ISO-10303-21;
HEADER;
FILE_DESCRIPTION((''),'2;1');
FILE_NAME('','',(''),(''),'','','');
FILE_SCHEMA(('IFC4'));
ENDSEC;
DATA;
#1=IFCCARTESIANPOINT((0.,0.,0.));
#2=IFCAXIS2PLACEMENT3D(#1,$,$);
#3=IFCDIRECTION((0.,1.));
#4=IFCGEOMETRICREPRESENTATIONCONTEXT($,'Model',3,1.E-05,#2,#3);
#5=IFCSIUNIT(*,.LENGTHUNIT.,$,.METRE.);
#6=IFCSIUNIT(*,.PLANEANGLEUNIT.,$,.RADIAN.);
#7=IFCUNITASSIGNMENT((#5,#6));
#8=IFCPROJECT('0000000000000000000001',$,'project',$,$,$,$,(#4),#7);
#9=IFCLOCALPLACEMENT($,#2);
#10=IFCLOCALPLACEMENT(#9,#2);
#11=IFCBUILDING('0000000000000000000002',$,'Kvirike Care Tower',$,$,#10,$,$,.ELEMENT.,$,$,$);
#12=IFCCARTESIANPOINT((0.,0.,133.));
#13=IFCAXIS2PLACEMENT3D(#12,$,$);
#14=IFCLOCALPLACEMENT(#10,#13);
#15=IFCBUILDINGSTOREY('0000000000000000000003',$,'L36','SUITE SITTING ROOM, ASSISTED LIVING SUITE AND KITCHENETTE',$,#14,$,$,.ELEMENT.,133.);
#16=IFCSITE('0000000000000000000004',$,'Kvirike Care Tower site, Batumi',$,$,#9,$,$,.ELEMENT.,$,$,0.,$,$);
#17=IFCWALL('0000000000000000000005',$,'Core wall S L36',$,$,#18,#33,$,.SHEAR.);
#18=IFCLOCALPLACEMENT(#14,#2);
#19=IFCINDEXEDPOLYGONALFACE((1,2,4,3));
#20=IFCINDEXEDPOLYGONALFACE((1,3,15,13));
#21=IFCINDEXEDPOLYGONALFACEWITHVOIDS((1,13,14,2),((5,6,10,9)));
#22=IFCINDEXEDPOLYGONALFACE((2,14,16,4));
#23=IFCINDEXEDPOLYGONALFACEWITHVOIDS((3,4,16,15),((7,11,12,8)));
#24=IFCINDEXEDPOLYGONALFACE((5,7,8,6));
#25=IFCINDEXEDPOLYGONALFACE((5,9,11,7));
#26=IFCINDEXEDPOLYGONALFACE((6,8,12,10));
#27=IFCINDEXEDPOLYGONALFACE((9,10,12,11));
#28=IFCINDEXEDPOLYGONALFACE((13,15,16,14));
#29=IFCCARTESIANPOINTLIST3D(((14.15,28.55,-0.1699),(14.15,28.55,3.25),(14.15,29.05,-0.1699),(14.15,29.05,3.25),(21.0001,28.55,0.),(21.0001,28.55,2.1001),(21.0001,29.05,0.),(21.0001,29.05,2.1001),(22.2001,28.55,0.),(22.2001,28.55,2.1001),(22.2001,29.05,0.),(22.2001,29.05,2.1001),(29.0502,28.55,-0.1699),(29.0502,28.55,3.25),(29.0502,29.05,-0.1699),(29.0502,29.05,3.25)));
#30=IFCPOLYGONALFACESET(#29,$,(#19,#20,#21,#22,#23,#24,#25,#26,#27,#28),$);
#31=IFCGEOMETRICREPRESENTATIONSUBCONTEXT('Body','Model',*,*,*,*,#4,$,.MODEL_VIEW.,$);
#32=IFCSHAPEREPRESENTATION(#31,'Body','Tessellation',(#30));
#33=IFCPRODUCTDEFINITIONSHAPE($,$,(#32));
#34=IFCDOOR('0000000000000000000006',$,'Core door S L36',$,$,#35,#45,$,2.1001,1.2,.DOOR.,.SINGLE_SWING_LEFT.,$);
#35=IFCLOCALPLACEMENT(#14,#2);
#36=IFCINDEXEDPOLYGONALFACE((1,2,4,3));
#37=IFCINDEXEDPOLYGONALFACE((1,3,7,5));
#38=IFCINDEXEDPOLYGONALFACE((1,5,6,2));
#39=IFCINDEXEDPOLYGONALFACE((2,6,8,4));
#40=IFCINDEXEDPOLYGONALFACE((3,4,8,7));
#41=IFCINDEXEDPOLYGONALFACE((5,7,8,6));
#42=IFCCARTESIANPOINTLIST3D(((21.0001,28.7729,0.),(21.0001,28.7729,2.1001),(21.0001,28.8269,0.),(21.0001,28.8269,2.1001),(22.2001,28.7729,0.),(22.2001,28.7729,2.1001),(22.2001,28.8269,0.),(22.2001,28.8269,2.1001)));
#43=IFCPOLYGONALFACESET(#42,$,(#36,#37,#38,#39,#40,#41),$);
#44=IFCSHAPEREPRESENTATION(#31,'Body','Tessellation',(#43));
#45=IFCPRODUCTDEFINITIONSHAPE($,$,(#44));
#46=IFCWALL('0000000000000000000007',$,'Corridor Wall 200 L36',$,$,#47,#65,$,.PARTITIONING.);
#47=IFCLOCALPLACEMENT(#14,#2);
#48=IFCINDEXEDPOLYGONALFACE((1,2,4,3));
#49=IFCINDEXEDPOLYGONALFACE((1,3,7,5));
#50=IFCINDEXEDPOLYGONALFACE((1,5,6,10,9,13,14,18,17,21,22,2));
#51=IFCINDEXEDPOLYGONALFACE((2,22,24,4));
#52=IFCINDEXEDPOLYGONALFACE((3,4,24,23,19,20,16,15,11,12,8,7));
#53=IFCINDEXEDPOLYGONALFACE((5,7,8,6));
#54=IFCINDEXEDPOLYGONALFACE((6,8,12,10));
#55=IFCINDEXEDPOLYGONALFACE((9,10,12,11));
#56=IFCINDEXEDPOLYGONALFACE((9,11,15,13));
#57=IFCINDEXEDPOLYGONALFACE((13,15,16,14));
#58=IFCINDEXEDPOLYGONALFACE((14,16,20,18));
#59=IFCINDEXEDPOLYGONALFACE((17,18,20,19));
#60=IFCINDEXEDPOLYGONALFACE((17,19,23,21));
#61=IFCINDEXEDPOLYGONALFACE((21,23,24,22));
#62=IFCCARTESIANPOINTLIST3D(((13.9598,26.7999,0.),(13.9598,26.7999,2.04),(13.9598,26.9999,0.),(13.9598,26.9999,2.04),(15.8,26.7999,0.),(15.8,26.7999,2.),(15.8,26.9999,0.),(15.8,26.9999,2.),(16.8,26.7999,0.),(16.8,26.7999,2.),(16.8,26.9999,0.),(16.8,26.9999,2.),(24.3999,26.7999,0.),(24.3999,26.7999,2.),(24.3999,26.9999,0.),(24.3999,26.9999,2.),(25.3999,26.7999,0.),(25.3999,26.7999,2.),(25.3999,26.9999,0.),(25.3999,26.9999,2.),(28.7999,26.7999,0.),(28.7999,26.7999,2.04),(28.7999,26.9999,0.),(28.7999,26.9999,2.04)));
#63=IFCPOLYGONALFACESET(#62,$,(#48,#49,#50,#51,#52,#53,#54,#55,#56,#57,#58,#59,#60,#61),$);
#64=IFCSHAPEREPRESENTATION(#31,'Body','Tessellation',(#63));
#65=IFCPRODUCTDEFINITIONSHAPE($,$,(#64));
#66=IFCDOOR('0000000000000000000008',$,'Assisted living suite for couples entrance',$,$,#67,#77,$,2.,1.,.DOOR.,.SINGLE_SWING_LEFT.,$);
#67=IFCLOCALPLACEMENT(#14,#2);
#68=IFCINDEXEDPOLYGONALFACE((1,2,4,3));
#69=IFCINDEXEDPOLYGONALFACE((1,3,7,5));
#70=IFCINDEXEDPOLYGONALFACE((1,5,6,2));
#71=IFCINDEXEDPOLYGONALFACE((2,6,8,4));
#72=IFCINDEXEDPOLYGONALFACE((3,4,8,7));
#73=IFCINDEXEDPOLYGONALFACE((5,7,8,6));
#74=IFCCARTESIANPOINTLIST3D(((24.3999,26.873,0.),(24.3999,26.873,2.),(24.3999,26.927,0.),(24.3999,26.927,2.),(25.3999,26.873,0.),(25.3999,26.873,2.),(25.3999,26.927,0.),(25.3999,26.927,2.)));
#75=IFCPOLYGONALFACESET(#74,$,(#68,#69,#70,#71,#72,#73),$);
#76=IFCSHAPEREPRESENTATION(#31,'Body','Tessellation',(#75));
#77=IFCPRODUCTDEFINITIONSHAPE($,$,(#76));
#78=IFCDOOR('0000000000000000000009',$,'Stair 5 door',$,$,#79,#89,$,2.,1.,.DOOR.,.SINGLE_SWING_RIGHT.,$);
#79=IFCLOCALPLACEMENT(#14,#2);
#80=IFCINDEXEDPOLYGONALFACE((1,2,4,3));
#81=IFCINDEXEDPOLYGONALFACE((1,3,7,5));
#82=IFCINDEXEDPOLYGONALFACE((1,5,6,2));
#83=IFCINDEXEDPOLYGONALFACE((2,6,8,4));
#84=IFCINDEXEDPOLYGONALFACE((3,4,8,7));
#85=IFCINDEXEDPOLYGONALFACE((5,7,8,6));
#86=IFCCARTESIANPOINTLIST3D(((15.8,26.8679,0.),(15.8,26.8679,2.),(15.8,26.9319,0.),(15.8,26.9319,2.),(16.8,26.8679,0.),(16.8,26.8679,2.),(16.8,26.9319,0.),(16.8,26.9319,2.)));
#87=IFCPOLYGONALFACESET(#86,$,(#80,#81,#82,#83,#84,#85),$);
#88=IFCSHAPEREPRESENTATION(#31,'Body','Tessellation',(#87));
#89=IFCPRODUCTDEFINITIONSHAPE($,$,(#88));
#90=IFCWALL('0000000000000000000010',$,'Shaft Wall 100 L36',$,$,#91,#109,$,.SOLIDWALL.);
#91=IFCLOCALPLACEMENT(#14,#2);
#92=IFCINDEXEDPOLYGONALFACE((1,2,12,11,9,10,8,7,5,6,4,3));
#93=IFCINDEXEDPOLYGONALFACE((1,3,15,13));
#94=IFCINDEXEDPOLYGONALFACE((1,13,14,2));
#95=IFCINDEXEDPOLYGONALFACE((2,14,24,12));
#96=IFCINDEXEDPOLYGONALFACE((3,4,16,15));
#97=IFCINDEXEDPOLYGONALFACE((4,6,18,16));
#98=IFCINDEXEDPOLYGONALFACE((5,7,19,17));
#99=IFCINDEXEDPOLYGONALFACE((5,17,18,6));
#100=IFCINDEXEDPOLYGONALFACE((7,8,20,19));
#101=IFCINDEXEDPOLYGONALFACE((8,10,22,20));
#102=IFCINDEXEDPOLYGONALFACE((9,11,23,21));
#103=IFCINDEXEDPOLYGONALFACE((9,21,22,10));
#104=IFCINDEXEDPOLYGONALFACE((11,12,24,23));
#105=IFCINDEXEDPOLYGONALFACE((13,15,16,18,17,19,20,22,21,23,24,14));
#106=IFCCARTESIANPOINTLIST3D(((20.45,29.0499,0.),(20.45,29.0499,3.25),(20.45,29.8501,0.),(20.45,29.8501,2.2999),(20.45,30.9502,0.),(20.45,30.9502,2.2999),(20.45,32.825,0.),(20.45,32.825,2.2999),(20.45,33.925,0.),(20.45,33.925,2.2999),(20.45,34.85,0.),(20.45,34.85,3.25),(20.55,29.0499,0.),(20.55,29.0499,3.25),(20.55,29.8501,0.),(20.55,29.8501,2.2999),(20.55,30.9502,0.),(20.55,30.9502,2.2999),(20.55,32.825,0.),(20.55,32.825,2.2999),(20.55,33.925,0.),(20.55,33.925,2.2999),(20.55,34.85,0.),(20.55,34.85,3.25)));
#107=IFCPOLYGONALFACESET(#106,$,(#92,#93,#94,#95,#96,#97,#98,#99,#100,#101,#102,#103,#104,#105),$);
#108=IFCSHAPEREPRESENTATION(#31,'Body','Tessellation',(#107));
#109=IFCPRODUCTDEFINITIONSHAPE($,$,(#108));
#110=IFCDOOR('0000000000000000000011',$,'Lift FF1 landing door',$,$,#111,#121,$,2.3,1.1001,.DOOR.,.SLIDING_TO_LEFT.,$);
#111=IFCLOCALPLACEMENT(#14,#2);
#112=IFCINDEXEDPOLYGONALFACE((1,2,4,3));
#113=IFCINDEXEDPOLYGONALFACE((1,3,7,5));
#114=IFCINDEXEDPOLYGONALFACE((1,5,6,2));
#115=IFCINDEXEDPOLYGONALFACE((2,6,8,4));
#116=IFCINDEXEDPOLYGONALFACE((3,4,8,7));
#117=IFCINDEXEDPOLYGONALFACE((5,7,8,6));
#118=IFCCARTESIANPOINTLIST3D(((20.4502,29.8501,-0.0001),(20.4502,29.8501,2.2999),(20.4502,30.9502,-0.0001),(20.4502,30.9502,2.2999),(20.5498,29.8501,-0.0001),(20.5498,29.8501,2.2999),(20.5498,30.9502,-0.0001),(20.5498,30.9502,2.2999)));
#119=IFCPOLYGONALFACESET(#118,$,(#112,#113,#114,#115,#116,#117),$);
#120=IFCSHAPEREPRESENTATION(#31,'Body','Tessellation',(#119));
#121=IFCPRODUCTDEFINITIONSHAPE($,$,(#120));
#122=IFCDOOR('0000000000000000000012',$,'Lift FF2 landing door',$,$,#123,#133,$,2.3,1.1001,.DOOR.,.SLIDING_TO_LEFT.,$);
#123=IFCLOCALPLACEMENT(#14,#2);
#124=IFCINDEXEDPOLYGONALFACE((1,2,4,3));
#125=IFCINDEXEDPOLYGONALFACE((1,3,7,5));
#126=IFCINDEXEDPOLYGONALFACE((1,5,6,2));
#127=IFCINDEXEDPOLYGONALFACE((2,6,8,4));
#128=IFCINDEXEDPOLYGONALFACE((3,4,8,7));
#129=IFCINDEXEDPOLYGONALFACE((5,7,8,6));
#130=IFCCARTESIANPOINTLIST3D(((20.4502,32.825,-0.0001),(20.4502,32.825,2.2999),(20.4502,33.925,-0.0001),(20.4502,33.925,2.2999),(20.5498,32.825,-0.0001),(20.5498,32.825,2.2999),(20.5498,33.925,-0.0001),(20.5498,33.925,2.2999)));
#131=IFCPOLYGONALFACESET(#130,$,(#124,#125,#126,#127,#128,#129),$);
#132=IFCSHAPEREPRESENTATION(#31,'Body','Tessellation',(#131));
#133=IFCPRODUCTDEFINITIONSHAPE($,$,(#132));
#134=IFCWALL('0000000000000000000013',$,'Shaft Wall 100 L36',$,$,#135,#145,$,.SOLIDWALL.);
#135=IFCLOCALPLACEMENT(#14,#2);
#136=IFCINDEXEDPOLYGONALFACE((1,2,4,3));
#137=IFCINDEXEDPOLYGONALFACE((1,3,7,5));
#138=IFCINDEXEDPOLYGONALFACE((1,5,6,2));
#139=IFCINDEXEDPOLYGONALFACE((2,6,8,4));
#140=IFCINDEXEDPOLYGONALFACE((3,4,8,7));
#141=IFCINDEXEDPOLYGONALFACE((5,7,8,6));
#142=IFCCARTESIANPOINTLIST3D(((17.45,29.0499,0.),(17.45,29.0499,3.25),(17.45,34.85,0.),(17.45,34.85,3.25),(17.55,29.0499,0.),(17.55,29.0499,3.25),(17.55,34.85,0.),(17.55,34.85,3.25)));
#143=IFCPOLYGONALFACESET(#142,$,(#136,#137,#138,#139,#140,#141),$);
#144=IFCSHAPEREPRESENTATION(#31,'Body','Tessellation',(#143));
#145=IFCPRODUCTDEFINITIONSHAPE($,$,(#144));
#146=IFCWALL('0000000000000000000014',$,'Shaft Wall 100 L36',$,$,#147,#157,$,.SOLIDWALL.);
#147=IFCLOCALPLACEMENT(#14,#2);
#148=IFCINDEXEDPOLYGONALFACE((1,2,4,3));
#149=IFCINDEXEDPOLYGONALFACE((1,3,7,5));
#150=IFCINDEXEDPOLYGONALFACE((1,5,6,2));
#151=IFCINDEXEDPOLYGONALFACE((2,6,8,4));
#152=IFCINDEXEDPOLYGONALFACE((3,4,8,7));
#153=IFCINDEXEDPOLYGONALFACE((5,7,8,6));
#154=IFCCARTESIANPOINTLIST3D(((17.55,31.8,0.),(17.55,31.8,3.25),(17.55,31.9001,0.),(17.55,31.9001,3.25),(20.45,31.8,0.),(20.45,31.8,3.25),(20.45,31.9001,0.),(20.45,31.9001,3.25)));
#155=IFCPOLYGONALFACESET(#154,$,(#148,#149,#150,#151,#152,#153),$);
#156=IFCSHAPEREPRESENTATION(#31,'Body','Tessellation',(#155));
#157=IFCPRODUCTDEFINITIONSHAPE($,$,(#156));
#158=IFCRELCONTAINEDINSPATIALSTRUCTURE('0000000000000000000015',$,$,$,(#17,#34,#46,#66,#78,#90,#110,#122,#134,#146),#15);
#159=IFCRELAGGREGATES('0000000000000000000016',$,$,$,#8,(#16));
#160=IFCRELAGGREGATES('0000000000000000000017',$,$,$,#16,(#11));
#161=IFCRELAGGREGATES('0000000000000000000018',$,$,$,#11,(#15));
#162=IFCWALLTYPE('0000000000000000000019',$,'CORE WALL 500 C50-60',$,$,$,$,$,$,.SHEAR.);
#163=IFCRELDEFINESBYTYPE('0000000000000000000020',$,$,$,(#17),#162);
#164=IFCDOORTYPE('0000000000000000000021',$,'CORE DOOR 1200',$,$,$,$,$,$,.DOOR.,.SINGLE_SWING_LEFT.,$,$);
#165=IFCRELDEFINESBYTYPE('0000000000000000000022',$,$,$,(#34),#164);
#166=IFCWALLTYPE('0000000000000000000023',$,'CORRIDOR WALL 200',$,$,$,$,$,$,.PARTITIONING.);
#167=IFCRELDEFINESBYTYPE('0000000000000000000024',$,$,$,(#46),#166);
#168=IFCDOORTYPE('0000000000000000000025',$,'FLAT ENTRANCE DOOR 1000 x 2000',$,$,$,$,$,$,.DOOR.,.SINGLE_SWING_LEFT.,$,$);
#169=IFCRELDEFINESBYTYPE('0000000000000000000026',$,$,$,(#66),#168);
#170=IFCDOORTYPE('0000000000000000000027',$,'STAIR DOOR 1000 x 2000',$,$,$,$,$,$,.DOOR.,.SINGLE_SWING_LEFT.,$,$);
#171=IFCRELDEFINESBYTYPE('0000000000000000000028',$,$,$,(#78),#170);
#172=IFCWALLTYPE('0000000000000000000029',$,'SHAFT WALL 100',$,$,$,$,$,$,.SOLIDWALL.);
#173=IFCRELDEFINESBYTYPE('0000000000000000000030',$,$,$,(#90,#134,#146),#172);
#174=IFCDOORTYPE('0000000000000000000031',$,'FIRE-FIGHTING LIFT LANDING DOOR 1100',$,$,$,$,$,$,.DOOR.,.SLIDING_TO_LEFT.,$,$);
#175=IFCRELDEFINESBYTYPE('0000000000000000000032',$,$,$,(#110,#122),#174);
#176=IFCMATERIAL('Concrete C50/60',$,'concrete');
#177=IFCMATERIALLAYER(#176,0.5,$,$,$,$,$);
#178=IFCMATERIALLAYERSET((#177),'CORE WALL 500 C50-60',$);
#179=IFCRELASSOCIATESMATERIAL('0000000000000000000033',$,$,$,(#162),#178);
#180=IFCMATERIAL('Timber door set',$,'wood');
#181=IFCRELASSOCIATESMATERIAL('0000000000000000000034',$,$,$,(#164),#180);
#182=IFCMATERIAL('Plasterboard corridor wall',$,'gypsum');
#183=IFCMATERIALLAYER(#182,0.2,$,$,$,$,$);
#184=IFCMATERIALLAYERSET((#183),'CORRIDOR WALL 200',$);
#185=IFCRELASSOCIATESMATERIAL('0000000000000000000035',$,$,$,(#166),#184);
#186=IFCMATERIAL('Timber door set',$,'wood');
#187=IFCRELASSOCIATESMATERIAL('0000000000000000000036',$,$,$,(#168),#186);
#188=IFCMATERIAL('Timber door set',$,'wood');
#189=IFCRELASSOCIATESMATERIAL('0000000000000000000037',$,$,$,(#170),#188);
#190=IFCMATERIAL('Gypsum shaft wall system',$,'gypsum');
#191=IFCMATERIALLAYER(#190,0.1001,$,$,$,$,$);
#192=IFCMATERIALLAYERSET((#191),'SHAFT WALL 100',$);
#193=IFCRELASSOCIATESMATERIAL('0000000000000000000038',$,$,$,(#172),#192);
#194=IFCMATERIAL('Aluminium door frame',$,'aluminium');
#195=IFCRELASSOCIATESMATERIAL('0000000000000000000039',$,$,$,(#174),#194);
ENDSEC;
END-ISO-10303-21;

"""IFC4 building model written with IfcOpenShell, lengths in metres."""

from ifc_helpers import new_model, si_unit, direction, frame, frame_2d, origin, place, context, subcontext, project, spatial, rectangle, extrude, material, layer, layer_set, type_object, element, fill, save


model = new_model("IFC4")

# Units and contexts
model_context = context("Model", 3, precision=1e-05, world=origin(), true_north=direction((0.0, 1.0)))
body_context = subcontext(model_context, "Body", "Model", "MODEL_VIEW")
ifc_project = project(units=[si_unit("LENGTHUNIT", "METRE"), si_unit("PLANEANGLEUNIT", "RADIAN")], contexts=[model_context])

# Site, building, storey
site_placement = place(None, origin())
site = spatial("IfcSite", under=ifc_project, at=site_placement, Name="Kvirike Care Tower site, Batumi", CompositionType="ELEMENT", RefElevation=0.0)
building_placement = place(site_placement, origin())
building = spatial("IfcBuilding", under=site, at=building_placement, Name="Kvirike Care Tower", CompositionType="ELEMENT")
storey_placement = place(building_placement, frame((0.0, 0.0, 133.0)))
storey = spatial("IfcBuildingStorey", under=building, at=storey_placement, Name="L36", Description="SUITE SITTING ROOM, ASSISTED LIVING SUITE AND KITCHENETTE", CompositionType="ELEMENT", Elevation=133.0)

# Wall, opening, door
ifc_material_1 = material(Name="Concrete C50/60", Category="concrete")
ifc_layer_1 = layer(ifc_material_1, 0.5)
ifc_layer_set_1 = layer_set([ifc_layer_1], Name="CORE WALL 500 C50-60")
wall_type_1 = type_object("IfcWallType", Name="CORE WALL 500 C50-60", PredefinedType="SHEAR", material=ifc_layer_set_1)
wall_1_placement = place(storey_placement, frame((14.1499, 28.8, -0.1699), z_axis=(0.0, 0.0, 1.0), x_axis=(1.0, 0.0, 0.0)))
wall_1 = element("IfcWall", 1, at=wall_1_placement, inside=storey, type_object=wall_type_1, Name="Core wall S L36", PredefinedType="SHEAR", context=body_context, shape_type="SweptSolid", body=[
    extrude(rectangle(XDim=14.9001, YDim=0.5, at=frame_2d((7.4502, 0.0))), origin(), (0.0, 0.0, 1.0), 3.4199),
])
opening_1_placement = place(wall_1_placement, frame((6.8501, 0.0, 0.1699)))
opening_1 = element("IfcOpeningElement", 2, at=opening_1_placement, cuts=wall_1, PredefinedType="OPENING", context=body_context, shape_type="SweptSolid", body=[
    extrude(rectangle(XDim=1.2, YDim=2.1001, at=frame_2d((0.6001, 1.05))), frame((0.0, 0.2605, 0.0), z_axis=(0.0, -1.0, 0.0), x_axis=(1.0, 0.0, 0.0)), (0.0, 0.0, 1.0), 0.521),
])
ifc_material_2 = material(Name="Timber door set", Category="wood")
door_type_1 = type_object("IfcDoorType", Name="CORE DOOR 1200", OperationType="SINGLE_SWING_LEFT", PredefinedType="DOOR", material=ifc_material_2)
door_1_placement = place(opening_1_placement, origin())
door_1 = element("IfcDoor", 3, at=door_1_placement, inside=storey, type_object=door_type_1, Name="Core door S L36", OperationType="SINGLE_SWING_LEFT", OverallHeight=2.1001, OverallWidth=1.2, PredefinedType="DOOR", context=body_context, shape_type="SweptSolid", body=[
    extrude(rectangle(XDim=1.2, YDim=2.1001, at=frame_2d((0.6001, 1.05))), frame((0.0, 0.0269, 0.0), z_axis=(0.0, -1.0, 0.0), x_axis=(1.0, 0.0, 0.0)), (0.0, 0.0, 1.0), 0.054),
])
fill(opening_1, door_1)

# Walls, openings, doors
ifc_material_3 = material(Name="Plasterboard corridor wall", Category="gypsum")
ifc_layer_2 = layer(ifc_material_3, 0.2)
ifc_layer_set_2 = layer_set([ifc_layer_2], Name="CORRIDOR WALL 200")
wall_type_2 = type_object("IfcWallType", Name="CORRIDOR WALL 200", PredefinedType="PARTITIONING", material=ifc_layer_set_2)
wall_2_placement = place(storey_placement, frame((13.96, 26.8999, 0.0), z_axis=(0.0, 0.0, 1.0), x_axis=(1.0, 0.0, 0.0)))
wall_2 = element("IfcWall", 4, at=wall_2_placement, inside=storey, type_object=wall_type_2, Name="Corridor Wall 200 L36", PredefinedType="PARTITIONING", context=body_context, shape_type="SweptSolid", body=[
    extrude(rectangle(XDim=14.8401, YDim=0.2, at=frame_2d((7.4199, 0.0))), origin(), (0.0, 0.0, 1.0), 2.04),
])
opening_2_placement = place(wall_2_placement, frame((1.8401, 0.0, 0.0)))
opening_2 = element("IfcOpeningElement", 5, at=opening_2_placement, cuts=wall_2, PredefinedType="OPENING", context=body_context, shape_type="SweptSolid", body=[
    extrude(rectangle(XDim=1.0, YDim=2.0, at=frame_2d((0.5, 1.0))), frame((0.0, 0.1106, 0.0), z_axis=(0.0, -1.0, 0.0), x_axis=(1.0, 0.0, 0.0)), (0.0, 0.0, 1.0), 0.2209),
])
opening_3_placement = place(wall_2_placement, frame((10.4399, 0.0, 0.0)))
opening_3 = element("IfcOpeningElement", 6, at=opening_3_placement, cuts=wall_2, PredefinedType="OPENING", context=body_context, shape_type="SweptSolid", body=[
    extrude(rectangle(XDim=1.0, YDim=2.0, at=frame_2d((0.5, 1.0))), frame((0.0, 0.1106, 0.0), z_axis=(0.0, -1.0, 0.0), x_axis=(1.0, 0.0, 0.0)), (0.0, 0.0, 1.0), 0.2209),
])
ifc_material_4 = material(Name="Timber door set", Category="wood")
door_type_2 = type_object("IfcDoorType", Name="FLAT ENTRANCE DOOR 1000 x 2000", OperationType="SINGLE_SWING_LEFT", PredefinedType="DOOR", material=ifc_material_4)
door_2_placement = place(opening_3_placement, frame((1.0, 0.0, 0.0), z_axis=(0.0, 0.0, 1.0), x_axis=(-1.0, 0.0, 0.0)))
door_2 = element("IfcDoor", 7, at=door_2_placement, inside=storey, type_object=door_type_2, Name="Assisted living suite for couples entrance", OperationType="SINGLE_SWING_LEFT", OverallHeight=2.0, OverallWidth=1.0, PredefinedType="DOOR", context=body_context, shape_type="SweptSolid", body=[
    extrude(rectangle(XDim=1.0, YDim=2.0, at=frame_2d((0.5, 1.0))), frame((0.0, 0.0269, 0.0), z_axis=(0.0, -1.0, 0.0), x_axis=(1.0, 0.0, 0.0)), (0.0, 0.0, 1.0), 0.054),
])
fill(opening_3, door_2)
ifc_material_5 = material(Name="Timber door set", Category="wood")
door_type_3 = type_object("IfcDoorType", Name="STAIR DOOR 1000 x 2000", OperationType="SINGLE_SWING_LEFT", PredefinedType="DOOR", material=ifc_material_5)
door_3_placement = place(opening_2_placement, frame((1.0, 0.0, 0.0), z_axis=(0.0, 0.0, 1.0), x_axis=(-1.0, 0.0, 0.0)))
door_3 = element("IfcDoor", 8, at=door_3_placement, inside=storey, type_object=door_type_3, Name="Stair 5 door", OperationType="SINGLE_SWING_RIGHT", OverallHeight=2.0, OverallWidth=1.0, PredefinedType="DOOR", context=body_context, shape_type="SweptSolid", body=[
    extrude(rectangle(XDim=1.0, YDim=2.0, at=frame_2d((0.5, 1.0))), frame((0.0, 0.032, 0.0), z_axis=(0.0, -1.0, 0.0), x_axis=(1.0, 0.0, 0.0)), (0.0, 0.0, 1.0), 0.064),
])
fill(opening_2, door_3)
ifc_material_6 = material(Name="Gypsum shaft wall system", Category="gypsum")
ifc_layer_3 = layer(ifc_material_6, 0.1001)
ifc_layer_set_3 = layer_set([ifc_layer_3], Name="SHAFT WALL 100")
wall_type_3 = type_object("IfcWallType", Name="SHAFT WALL 100", PredefinedType="SOLIDWALL", material=ifc_layer_set_3)
wall_3_placement = place(storey_placement, frame((20.5, 29.05, 0.0), z_axis=(0.0, 0.0, 1.0), x_axis=(0.0, 1.0, 0.0)))
wall_3 = element("IfcWall", 9, at=wall_3_placement, inside=storey, type_object=wall_type_3, Name="Shaft Wall 100 L36", PredefinedType="SOLIDWALL", context=body_context, shape_type="SweptSolid", body=[
    extrude(rectangle(XDim=5.8, YDim=0.1001, at=frame_2d((2.8999, 0.0))), origin(), (0.0, 0.0, 1.0), 3.25),
])
opening_4_placement = place(wall_3_placement, frame((0.8, 0.0, 0.0)))
opening_4 = element("IfcOpeningElement", 10, at=opening_4_placement, cuts=wall_3, PredefinedType="OPENING", context=body_context, shape_type="SweptSolid", body=[
    extrude(rectangle(XDim=1.1001, YDim=2.3, at=frame_2d((0.55, 1.1499))), frame((0.0, 0.0605, 0.0), z_axis=(0.0, -1.0, 0.0), x_axis=(1.0, 0.0, 0.0)), (0.0, 0.0, 1.0), 0.1211),
])
opening_5_placement = place(wall_3_placement, frame((3.7749, 0.0, 0.0)))
opening_5 = element("IfcOpeningElement", 11, at=opening_5_placement, cuts=wall_3, PredefinedType="OPENING", context=body_context, shape_type="SweptSolid", body=[
    extrude(rectangle(XDim=1.1001, YDim=2.3, at=frame_2d((0.55, 1.1499))), frame((0.0, 0.0605, 0.0), z_axis=(0.0, -1.0, 0.0), x_axis=(1.0, 0.0, 0.0)), (0.0, 0.0, 1.0), 0.1211),
])
ifc_material_7 = material(Name="Aluminium door frame", Category="aluminium")
door_type_4 = type_object("IfcDoorType", Name="FIRE-FIGHTING LIFT LANDING DOOR 1100", OperationType="SLIDING_TO_LEFT", PredefinedType="DOOR", material=ifc_material_7)
door_4_placement = place(opening_4_placement, origin())
door_4 = element("IfcDoor", 12, at=door_4_placement, inside=storey, type_object=door_type_4, Name="Lift FF1 landing door", OperationType="SLIDING_TO_LEFT", OverallHeight=2.3, OverallWidth=1.1001, PredefinedType="DOOR", context=body_context, shape_type="SweptSolid", body=[
    extrude(rectangle(XDim=1.1001, YDim=2.3, at=frame_2d((0.55, 1.1499))), frame((0.0, 0.0498, 0.0), z_axis=(0.0, -1.0, 0.0), x_axis=(1.0, 0.0, 0.0)), (0.0, 0.0, 1.0), 0.0996),
])
fill(opening_4, door_4)
door_5_placement = place(opening_5_placement, origin())
door_5 = element("IfcDoor", 13, at=door_5_placement, inside=storey, type_object=door_type_4, Name="Lift FF2 landing door", OperationType="SLIDING_TO_LEFT", OverallHeight=2.3, OverallWidth=1.1001, PredefinedType="DOOR", context=body_context, shape_type="SweptSolid", body=[
    extrude(rectangle(XDim=1.1001, YDim=2.3, at=frame_2d((0.55, 1.1499))), frame((0.0, 0.0498, 0.0), z_axis=(0.0, -1.0, 0.0), x_axis=(1.0, 0.0, 0.0)), (0.0, 0.0, 1.0), 0.0996),
])
fill(opening_5, door_5)

# Walls
wall_4_placement = place(storey_placement, frame((17.5, 29.05, 0.0), z_axis=(0.0, 0.0, 1.0), x_axis=(0.0, 1.0, 0.0)))
element("IfcWall", 14, at=wall_4_placement, inside=storey, type_object=wall_type_3, Name="Shaft Wall 100 L36", PredefinedType="SOLIDWALL", context=body_context, shape_type="SweptSolid", body=[
    extrude(rectangle(XDim=5.8, YDim=0.1001, at=frame_2d((2.8999, 0.0))), origin(), (0.0, 0.0, 1.0), 3.25),
])
wall_5_placement = place(storey_placement, frame((17.55, 31.8501, 0.0), z_axis=(0.0, 0.0, 1.0), x_axis=(1.0, 0.0, 0.0)))
element("IfcWall", 15, at=wall_5_placement, inside=storey, type_object=wall_type_3, Name="Shaft Wall 100 L36", PredefinedType="SOLIDWALL", context=body_context, shape_type="SweptSolid", body=[
    extrude(rectangle(XDim=2.8999, YDim=0.1001, at=frame_2d((1.45, 0.0))), origin(), (0.0, 0.0, 1.0), 3.25),
])

save(model, "model.ifc")
